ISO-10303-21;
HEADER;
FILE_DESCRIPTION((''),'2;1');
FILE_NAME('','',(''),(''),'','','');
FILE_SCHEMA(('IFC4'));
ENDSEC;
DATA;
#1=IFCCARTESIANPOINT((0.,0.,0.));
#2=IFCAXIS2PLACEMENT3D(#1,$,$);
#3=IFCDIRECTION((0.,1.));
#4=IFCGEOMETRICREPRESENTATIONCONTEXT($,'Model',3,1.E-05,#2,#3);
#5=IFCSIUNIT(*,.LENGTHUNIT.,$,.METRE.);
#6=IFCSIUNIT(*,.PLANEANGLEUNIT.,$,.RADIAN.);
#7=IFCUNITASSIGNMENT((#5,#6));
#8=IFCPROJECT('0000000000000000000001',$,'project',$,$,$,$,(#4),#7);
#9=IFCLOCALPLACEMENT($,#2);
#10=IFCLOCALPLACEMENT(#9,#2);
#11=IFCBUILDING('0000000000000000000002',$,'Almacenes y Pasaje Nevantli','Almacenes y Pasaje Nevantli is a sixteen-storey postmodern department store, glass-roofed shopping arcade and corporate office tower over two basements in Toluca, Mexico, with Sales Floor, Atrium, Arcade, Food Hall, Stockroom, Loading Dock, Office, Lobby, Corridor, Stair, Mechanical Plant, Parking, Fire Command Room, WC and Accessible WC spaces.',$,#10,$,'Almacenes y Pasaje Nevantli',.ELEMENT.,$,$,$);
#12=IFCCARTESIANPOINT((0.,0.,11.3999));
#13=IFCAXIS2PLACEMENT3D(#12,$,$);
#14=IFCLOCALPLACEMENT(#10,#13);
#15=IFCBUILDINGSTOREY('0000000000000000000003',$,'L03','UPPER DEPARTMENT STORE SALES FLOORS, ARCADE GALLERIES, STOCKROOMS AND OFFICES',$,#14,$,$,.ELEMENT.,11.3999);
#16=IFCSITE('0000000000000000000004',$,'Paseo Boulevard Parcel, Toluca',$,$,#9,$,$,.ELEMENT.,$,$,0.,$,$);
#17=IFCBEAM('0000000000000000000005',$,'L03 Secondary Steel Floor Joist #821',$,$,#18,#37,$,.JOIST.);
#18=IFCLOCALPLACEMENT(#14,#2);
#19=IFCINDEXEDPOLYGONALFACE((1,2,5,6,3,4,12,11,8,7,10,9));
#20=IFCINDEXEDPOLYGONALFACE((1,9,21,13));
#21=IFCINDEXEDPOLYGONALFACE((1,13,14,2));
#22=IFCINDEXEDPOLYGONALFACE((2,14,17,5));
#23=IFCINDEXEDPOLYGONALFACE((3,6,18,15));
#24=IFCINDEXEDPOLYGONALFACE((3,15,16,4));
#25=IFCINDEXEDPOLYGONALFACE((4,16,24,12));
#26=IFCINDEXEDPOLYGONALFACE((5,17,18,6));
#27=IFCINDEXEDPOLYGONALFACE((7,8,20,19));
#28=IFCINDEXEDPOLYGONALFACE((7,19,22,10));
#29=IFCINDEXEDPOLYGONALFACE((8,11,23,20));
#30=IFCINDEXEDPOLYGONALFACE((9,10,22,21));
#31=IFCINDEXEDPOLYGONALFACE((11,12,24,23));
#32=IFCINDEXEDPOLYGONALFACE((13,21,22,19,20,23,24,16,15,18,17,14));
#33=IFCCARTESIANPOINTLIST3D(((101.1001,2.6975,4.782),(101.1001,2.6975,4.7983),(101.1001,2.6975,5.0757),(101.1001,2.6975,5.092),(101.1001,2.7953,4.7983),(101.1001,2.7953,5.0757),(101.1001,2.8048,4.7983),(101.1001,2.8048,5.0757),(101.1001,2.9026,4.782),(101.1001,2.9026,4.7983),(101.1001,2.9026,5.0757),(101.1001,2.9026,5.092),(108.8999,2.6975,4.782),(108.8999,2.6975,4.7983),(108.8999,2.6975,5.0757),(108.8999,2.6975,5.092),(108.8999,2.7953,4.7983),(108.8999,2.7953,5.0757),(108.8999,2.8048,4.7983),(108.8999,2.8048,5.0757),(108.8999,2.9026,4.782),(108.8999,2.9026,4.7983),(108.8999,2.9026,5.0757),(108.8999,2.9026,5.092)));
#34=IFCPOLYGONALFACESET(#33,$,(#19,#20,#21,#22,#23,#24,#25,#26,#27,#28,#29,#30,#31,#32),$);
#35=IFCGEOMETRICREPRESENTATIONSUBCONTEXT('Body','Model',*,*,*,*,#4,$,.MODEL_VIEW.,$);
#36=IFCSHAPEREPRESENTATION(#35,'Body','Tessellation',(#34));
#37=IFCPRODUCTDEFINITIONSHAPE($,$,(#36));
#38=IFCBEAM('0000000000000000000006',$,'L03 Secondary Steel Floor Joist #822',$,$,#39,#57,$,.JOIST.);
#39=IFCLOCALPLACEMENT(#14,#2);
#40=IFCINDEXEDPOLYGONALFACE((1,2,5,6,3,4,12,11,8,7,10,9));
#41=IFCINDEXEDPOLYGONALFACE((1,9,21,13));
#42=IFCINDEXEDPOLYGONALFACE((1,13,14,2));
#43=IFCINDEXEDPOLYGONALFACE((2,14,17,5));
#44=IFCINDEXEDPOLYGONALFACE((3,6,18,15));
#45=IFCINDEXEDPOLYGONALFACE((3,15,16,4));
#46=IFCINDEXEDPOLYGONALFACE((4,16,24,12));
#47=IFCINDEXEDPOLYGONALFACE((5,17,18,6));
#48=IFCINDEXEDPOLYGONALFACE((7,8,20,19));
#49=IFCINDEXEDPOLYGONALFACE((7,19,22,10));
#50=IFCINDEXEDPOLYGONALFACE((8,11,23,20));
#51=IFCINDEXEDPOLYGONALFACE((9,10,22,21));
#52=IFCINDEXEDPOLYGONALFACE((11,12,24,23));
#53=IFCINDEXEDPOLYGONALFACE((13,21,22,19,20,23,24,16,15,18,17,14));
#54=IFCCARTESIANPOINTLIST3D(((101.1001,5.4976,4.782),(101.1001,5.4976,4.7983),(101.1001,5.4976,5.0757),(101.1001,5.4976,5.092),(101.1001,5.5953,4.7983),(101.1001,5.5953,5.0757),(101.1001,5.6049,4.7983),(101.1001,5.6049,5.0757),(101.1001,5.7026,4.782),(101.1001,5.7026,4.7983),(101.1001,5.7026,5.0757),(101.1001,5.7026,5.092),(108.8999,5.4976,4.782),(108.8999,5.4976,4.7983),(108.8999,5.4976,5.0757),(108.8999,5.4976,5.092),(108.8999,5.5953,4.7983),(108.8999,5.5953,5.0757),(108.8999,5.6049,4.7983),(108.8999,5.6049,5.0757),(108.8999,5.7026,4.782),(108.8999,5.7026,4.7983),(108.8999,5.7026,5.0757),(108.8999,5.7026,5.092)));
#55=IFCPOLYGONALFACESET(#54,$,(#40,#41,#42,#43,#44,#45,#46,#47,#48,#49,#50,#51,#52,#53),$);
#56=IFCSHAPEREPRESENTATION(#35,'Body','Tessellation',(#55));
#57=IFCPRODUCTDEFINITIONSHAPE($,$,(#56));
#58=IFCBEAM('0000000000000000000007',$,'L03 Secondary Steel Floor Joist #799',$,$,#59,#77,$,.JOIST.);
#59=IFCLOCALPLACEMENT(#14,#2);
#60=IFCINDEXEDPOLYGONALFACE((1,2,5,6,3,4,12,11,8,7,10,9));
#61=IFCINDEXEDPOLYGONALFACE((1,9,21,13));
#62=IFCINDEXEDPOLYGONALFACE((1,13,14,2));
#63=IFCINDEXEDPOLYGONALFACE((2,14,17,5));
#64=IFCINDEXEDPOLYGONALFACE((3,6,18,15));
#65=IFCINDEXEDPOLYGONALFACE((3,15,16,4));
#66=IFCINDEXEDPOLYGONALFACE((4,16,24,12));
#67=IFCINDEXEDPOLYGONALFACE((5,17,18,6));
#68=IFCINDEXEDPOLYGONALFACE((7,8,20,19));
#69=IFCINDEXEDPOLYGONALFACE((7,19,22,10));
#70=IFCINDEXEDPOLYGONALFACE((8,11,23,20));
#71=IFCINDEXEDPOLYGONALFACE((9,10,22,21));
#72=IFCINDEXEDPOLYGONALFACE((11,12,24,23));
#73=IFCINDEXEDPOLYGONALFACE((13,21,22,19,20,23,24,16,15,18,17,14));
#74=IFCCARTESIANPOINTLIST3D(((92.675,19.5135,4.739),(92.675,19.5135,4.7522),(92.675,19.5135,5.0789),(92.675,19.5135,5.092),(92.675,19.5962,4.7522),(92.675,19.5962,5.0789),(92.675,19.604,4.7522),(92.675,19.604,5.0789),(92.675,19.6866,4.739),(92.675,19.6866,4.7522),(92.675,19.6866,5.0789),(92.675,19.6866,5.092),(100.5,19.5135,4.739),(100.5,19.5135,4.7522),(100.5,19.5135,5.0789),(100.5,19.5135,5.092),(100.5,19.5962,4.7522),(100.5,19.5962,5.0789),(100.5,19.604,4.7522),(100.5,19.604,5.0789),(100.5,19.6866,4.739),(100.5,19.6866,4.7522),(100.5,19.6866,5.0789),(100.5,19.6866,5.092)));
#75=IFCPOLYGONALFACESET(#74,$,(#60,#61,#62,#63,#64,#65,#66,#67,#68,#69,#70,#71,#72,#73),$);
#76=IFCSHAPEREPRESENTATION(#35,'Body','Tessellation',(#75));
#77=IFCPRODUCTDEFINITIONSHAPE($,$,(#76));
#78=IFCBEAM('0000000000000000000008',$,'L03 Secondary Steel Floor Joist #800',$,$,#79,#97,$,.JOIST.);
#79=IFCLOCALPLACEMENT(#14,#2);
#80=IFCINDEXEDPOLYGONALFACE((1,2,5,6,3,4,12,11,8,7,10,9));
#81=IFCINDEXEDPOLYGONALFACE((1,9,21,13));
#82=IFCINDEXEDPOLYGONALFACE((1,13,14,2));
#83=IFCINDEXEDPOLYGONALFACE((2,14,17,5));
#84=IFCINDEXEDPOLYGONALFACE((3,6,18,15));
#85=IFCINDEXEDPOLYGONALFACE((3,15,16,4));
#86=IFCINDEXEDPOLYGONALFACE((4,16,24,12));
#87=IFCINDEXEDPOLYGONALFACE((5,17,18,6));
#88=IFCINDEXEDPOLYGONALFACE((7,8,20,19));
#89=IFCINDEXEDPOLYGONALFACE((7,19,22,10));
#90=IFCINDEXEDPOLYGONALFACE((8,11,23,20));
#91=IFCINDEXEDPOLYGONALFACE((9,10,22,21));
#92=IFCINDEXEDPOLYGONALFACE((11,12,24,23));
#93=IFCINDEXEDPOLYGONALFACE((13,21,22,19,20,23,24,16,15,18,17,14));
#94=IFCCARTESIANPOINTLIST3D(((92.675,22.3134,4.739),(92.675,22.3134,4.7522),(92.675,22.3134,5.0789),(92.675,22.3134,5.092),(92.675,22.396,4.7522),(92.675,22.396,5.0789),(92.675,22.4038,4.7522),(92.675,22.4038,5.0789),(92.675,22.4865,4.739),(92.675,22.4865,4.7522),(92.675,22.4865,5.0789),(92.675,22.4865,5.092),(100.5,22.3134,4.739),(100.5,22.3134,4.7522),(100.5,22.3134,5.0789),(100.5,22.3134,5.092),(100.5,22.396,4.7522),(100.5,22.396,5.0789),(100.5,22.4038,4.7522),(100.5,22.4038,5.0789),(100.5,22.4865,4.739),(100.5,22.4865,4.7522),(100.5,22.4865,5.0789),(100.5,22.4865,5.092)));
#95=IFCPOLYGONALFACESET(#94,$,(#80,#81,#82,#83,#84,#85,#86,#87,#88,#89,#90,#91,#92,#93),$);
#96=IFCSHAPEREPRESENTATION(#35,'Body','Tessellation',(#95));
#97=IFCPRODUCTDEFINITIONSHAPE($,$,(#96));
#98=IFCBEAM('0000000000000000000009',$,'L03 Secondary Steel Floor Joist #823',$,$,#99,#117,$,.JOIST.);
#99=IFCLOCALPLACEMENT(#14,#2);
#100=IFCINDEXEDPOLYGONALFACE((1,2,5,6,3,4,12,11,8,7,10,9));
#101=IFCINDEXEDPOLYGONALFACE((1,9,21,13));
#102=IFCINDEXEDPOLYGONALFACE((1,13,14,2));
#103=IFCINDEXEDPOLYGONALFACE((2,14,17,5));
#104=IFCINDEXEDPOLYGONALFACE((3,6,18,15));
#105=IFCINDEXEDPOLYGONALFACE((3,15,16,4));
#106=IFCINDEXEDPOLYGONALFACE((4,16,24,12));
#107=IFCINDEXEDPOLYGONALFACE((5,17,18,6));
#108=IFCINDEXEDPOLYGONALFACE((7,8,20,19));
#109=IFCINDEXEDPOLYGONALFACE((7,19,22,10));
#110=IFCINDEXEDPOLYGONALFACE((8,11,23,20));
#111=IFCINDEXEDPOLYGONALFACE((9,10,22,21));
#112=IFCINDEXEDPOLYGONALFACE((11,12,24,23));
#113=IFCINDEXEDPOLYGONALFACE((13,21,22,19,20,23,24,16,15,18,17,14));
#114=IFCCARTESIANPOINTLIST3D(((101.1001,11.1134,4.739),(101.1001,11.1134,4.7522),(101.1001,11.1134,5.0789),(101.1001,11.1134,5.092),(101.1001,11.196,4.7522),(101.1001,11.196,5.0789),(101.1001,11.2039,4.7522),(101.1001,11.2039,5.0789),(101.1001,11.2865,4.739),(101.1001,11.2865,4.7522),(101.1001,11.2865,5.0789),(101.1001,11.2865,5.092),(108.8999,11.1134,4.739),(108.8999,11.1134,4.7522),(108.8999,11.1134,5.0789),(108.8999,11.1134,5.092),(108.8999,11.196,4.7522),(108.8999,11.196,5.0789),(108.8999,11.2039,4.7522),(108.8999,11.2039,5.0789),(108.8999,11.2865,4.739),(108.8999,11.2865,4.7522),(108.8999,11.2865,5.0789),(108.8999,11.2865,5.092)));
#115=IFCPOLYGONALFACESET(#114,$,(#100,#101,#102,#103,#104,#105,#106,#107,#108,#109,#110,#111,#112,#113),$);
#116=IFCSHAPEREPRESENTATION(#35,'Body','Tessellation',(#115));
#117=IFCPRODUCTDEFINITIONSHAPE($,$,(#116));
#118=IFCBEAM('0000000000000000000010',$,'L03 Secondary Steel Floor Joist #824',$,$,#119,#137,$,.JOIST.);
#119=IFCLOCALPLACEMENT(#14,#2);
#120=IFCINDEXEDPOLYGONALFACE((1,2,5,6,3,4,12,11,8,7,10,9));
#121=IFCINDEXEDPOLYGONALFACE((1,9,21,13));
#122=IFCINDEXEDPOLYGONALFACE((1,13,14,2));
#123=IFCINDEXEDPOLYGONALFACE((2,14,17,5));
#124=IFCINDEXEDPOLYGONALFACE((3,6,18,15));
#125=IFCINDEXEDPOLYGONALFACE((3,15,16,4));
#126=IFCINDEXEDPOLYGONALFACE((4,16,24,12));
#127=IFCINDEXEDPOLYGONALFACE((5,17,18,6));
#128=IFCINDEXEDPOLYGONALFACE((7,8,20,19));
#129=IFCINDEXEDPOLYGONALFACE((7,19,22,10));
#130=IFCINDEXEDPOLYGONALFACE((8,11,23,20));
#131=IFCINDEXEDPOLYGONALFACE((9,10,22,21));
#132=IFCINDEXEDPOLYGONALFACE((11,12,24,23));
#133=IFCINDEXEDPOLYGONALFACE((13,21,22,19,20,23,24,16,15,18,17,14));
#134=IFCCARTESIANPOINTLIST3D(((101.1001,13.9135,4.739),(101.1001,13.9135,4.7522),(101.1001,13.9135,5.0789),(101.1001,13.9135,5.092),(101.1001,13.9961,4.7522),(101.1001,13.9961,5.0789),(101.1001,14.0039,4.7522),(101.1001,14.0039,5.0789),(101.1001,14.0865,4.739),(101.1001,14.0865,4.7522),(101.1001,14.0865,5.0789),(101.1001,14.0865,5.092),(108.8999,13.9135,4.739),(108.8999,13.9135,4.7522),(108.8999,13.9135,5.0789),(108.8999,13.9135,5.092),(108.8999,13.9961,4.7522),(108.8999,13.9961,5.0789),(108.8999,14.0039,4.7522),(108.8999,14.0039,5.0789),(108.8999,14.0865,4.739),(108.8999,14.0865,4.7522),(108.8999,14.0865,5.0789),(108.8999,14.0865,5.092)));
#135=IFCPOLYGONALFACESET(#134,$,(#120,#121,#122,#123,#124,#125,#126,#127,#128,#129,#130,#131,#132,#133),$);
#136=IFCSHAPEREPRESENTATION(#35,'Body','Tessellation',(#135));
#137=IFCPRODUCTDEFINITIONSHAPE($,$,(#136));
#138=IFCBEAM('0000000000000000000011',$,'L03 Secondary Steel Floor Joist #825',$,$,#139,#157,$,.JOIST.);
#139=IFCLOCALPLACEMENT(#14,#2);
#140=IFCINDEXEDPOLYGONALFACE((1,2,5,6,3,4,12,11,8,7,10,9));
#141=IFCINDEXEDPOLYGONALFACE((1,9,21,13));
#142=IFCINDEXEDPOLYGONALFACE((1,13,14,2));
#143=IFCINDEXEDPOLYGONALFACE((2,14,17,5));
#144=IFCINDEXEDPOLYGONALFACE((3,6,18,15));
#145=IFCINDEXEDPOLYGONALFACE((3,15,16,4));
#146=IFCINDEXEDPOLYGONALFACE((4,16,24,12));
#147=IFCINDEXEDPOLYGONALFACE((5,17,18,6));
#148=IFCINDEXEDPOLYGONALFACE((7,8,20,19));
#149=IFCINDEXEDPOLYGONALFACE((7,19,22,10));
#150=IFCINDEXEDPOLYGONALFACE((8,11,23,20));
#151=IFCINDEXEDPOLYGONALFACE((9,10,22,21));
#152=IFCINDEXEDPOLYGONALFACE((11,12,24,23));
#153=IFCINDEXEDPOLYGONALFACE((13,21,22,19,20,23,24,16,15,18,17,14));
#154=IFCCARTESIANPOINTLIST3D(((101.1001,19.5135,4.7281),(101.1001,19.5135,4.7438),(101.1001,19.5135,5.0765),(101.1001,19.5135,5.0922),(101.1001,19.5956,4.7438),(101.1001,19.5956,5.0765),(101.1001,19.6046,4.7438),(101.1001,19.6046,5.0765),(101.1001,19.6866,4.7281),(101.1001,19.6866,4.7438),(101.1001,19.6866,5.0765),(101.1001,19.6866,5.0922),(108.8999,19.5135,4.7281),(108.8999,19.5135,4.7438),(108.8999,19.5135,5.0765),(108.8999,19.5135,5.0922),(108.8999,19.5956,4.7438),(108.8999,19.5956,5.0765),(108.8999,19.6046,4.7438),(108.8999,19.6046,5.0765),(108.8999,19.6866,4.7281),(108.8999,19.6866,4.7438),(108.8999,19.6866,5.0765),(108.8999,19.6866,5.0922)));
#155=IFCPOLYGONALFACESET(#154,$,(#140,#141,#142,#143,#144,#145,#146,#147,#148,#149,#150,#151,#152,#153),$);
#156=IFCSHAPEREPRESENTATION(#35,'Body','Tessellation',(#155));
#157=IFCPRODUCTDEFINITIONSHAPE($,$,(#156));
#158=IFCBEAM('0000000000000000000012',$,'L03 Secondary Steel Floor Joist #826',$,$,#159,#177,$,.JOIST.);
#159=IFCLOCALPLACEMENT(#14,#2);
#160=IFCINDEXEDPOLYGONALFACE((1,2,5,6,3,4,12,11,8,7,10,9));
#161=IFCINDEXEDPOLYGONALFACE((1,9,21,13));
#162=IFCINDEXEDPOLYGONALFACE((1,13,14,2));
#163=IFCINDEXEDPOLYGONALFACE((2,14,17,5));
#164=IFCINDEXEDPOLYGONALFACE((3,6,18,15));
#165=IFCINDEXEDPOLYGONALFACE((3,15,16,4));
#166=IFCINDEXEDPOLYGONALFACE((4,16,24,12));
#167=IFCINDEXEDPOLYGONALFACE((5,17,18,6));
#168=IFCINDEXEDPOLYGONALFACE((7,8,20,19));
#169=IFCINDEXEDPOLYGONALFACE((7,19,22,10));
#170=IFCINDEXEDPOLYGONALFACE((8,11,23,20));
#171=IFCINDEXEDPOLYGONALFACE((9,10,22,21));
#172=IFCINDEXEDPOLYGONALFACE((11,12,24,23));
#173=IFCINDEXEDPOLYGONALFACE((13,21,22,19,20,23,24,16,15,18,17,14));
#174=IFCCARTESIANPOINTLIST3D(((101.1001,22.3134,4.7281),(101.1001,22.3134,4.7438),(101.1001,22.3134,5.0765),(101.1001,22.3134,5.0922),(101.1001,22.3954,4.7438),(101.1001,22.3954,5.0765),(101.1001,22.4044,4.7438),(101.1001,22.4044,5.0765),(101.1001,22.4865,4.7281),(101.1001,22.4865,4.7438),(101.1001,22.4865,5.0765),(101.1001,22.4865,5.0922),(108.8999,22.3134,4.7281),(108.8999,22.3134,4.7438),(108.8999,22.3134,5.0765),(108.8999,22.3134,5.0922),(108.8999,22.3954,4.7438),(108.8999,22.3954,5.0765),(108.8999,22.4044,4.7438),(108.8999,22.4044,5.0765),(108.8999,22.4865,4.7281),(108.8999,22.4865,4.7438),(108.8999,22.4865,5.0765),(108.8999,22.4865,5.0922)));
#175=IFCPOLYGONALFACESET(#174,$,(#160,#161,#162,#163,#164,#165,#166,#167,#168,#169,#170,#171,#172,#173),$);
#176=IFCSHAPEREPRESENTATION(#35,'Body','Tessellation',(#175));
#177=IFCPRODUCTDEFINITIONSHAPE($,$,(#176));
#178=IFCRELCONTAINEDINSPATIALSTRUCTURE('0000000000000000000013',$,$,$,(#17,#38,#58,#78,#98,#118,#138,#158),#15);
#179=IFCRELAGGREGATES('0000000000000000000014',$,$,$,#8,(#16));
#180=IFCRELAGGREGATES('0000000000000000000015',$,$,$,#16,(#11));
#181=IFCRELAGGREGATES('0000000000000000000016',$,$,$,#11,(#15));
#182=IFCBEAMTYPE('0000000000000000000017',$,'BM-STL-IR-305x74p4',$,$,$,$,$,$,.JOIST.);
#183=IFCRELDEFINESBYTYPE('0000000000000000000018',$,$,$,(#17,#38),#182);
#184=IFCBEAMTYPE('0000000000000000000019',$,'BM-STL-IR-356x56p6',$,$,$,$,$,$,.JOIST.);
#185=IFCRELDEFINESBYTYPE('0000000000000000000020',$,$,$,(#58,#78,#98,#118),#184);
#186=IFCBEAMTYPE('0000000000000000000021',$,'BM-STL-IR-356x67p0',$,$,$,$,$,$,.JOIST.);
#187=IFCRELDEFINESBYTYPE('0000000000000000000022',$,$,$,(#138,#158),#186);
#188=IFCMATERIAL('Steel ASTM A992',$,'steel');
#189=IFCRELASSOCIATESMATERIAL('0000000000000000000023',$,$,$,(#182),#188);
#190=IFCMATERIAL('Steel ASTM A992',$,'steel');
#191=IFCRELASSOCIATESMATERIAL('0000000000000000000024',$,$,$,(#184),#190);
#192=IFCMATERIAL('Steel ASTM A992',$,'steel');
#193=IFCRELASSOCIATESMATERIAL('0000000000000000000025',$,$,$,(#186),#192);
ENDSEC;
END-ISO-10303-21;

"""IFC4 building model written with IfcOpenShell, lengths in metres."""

from ifc_helpers import new_model, si_unit, direction, frame, origin, origin_2d, place, context, subcontext, project, spatial, i_section, extrude, material, material_profile, profile_set, type_object, element, save


model = new_model("IFC4")

# Units and contexts
model_context = context("Model", 3, precision=1e-05, world=origin(), true_north=direction((0.0, 1.0)))
body_context = subcontext(model_context, "Body", "Model", "MODEL_VIEW")
ifc_project = project(units=[si_unit("LENGTHUNIT", "METRE"), si_unit("PLANEANGLEUNIT", "RADIAN")], contexts=[model_context])

# Site, building, storey
site_placement = place(None, origin())
site = spatial("IfcSite", under=ifc_project, at=site_placement, Name="Paseo Boulevard Parcel, Toluca", CompositionType="ELEMENT", RefElevation=0.0)
building_placement = place(site_placement, origin())
building = spatial("IfcBuilding", under=site, at=building_placement, Name="Almacenes y Pasaje Nevantli", Description="Almacenes y Pasaje Nevantli is a sixteen-storey postmodern department store, glass-roofed shopping arcade and corporate office tower over two basements in Toluca, Mexico, with Sales Floor, Atrium, Arcade, Food Hall, Stockroom, Loading Dock, Office, Lobby, Corridor, Stair, Mechanical Plant, Parking, Fire Command Room, WC and Accessible WC spaces.", LongName="Almacenes y Pasaje Nevantli", CompositionType="ELEMENT")
storey_placement = place(building_placement, frame((0.0, 0.0, 11.3999)))
storey = spatial("IfcBuildingStorey", under=building, at=storey_placement, Name="L03", Description="UPPER DEPARTMENT STORE SALES FLOORS, ARCADE GALLERIES, STOCKROOMS AND OFFICES", CompositionType="ELEMENT", Elevation=11.3999)

# Beams
ifc_material_1 = material(Name="Steel ASTM A992", Category="steel")
ifc_material_profile_1 = material_profile(ifc_material_1, i_section(OverallWidth=0.2051, OverallDepth=0.3101, WebThickness=0.0095, FlangeThickness=0.0164, at=origin_2d()), Name="IR 305x74.4")
ifc_profile_set_1 = profile_set([ifc_material_profile_1], Name="Steel ASTM A992")
beam_type_1 = type_object("IfcBeamType", Name="BM-STL-IR-305x74p4", PredefinedType="JOIST", material=ifc_profile_set_1)
for number, where, z_axis, x_axis, name in (
    (1, (101.1001, 2.8, 4.937), (1.0, 0.0, 0.0), (0.0, 1.0, 0.0), "L03 Secondary Steel Floor Joist #821"),
    (2, (101.1001, 5.6001, 4.937), (1.0, 0.0, 0.0), (0.0, 1.0, 0.0), "L03 Secondary Steel Floor Joist #822"),
):
    element("IfcBeam", number, at=place(storey_placement, frame(where, z_axis=z_axis, x_axis=x_axis)), inside=storey, type_object=beam_type_1, Name=name, PredefinedType="JOIST", context=body_context, shape_type="SweptSolid", body=[
        extrude(i_section(OverallWidth=0.2051, OverallDepth=0.3101, WebThickness=0.0095, FlangeThickness=0.0164, at=origin_2d()), origin(), (0.0, 0.0, 1.0), 7.7998),
    ])
ifc_material_2 = material(Name="Steel ASTM A992", Category="steel")
ifc_material_profile_2 = material_profile(ifc_material_2, i_section(OverallWidth=0.1731, OverallDepth=0.353, WebThickness=0.0078, FlangeThickness=0.0132, at=origin_2d()), Name="IR 356x56.6")
ifc_profile_set_2 = profile_set([ifc_material_profile_2], Name="Steel ASTM A992")
beam_type_2 = type_object("IfcBeamType", Name="BM-STL-IR-356x56p6", PredefinedType="JOIST", material=ifc_profile_set_2)
for number, where, z_axis, x_axis, name in (
    (3, (92.675, 19.6001, 4.9155), (1.0, 0.0, 0.0), (0.0, 1.0, 0.0), "L03 Secondary Steel Floor Joist #799"),
    (4, (92.675, 22.3999, 4.9155), (1.0, 0.0, 0.0), (0.0, 1.0, 0.0), "L03 Secondary Steel Floor Joist #800"),
):
    element("IfcBeam", number, at=place(storey_placement, frame(where, z_axis=z_axis, x_axis=x_axis)), inside=storey, type_object=beam_type_2, Name=name, PredefinedType="JOIST", context=body_context, shape_type="SweptSolid", body=[
        extrude(i_section(OverallWidth=0.1731, OverallDepth=0.353, WebThickness=0.0078, FlangeThickness=0.0132, at=origin_2d()), origin(), (0.0, 0.0, 1.0), 7.825),
    ])
for number, where, z_axis, x_axis, name in (
    (5, (101.1001, 11.2, 4.9155), (1.0, 0.0, 0.0), (0.0, 1.0, 0.0), "L03 Secondary Steel Floor Joist #823"),
    (6, (101.1001, 14.0, 4.9155), (1.0, 0.0, 0.0), (0.0, 1.0, 0.0), "L03 Secondary Steel Floor Joist #824"),
):
    element("IfcBeam", number, at=place(storey_placement, frame(where, z_axis=z_axis, x_axis=x_axis)), inside=storey, type_object=beam_type_2, Name=name, PredefinedType="JOIST", context=body_context, shape_type="SweptSolid", body=[
        extrude(i_section(OverallWidth=0.1731, OverallDepth=0.353, WebThickness=0.0078, FlangeThickness=0.0132, at=origin_2d()), origin(), (0.0, 0.0, 1.0), 7.7998),
    ])
ifc_material_3 = material(Name="Steel ASTM A992", Category="steel")
ifc_material_profile_3 = material_profile(ifc_material_3, i_section(OverallWidth=0.1731, OverallDepth=0.364, WebThickness=0.009, FlangeThickness=0.0156, at=origin_2d()), Name="IR 356x67.0")
ifc_profile_set_3 = profile_set([ifc_material_profile_3], Name="Steel ASTM A992")
beam_type_3 = type_object("IfcBeamType", Name="BM-STL-IR-356x67p0", PredefinedType="JOIST", material=ifc_profile_set_3)
for number, where, z_axis, x_axis, name in (
    (7, (101.1001, 19.6001, 4.9102), (1.0, 0.0, 0.0), (0.0, 1.0, 0.0), "L03 Secondary Steel Floor Joist #825"),
    (8, (101.1001, 22.3999, 4.9102), (1.0, 0.0, 0.0), (0.0, 1.0, 0.0), "L03 Secondary Steel Floor Joist #826"),
):
    element("IfcBeam", number, at=place(storey_placement, frame(where, z_axis=z_axis, x_axis=x_axis)), inside=storey, type_object=beam_type_3, Name=name, PredefinedType="JOIST", context=body_context, shape_type="SweptSolid", body=[
        extrude(i_section(OverallWidth=0.1731, OverallDepth=0.364, WebThickness=0.009, FlangeThickness=0.0156, at=origin_2d()), origin(), (0.0, 0.0, 1.0), 7.7998),
    ])

save(model, "model.ifc")
